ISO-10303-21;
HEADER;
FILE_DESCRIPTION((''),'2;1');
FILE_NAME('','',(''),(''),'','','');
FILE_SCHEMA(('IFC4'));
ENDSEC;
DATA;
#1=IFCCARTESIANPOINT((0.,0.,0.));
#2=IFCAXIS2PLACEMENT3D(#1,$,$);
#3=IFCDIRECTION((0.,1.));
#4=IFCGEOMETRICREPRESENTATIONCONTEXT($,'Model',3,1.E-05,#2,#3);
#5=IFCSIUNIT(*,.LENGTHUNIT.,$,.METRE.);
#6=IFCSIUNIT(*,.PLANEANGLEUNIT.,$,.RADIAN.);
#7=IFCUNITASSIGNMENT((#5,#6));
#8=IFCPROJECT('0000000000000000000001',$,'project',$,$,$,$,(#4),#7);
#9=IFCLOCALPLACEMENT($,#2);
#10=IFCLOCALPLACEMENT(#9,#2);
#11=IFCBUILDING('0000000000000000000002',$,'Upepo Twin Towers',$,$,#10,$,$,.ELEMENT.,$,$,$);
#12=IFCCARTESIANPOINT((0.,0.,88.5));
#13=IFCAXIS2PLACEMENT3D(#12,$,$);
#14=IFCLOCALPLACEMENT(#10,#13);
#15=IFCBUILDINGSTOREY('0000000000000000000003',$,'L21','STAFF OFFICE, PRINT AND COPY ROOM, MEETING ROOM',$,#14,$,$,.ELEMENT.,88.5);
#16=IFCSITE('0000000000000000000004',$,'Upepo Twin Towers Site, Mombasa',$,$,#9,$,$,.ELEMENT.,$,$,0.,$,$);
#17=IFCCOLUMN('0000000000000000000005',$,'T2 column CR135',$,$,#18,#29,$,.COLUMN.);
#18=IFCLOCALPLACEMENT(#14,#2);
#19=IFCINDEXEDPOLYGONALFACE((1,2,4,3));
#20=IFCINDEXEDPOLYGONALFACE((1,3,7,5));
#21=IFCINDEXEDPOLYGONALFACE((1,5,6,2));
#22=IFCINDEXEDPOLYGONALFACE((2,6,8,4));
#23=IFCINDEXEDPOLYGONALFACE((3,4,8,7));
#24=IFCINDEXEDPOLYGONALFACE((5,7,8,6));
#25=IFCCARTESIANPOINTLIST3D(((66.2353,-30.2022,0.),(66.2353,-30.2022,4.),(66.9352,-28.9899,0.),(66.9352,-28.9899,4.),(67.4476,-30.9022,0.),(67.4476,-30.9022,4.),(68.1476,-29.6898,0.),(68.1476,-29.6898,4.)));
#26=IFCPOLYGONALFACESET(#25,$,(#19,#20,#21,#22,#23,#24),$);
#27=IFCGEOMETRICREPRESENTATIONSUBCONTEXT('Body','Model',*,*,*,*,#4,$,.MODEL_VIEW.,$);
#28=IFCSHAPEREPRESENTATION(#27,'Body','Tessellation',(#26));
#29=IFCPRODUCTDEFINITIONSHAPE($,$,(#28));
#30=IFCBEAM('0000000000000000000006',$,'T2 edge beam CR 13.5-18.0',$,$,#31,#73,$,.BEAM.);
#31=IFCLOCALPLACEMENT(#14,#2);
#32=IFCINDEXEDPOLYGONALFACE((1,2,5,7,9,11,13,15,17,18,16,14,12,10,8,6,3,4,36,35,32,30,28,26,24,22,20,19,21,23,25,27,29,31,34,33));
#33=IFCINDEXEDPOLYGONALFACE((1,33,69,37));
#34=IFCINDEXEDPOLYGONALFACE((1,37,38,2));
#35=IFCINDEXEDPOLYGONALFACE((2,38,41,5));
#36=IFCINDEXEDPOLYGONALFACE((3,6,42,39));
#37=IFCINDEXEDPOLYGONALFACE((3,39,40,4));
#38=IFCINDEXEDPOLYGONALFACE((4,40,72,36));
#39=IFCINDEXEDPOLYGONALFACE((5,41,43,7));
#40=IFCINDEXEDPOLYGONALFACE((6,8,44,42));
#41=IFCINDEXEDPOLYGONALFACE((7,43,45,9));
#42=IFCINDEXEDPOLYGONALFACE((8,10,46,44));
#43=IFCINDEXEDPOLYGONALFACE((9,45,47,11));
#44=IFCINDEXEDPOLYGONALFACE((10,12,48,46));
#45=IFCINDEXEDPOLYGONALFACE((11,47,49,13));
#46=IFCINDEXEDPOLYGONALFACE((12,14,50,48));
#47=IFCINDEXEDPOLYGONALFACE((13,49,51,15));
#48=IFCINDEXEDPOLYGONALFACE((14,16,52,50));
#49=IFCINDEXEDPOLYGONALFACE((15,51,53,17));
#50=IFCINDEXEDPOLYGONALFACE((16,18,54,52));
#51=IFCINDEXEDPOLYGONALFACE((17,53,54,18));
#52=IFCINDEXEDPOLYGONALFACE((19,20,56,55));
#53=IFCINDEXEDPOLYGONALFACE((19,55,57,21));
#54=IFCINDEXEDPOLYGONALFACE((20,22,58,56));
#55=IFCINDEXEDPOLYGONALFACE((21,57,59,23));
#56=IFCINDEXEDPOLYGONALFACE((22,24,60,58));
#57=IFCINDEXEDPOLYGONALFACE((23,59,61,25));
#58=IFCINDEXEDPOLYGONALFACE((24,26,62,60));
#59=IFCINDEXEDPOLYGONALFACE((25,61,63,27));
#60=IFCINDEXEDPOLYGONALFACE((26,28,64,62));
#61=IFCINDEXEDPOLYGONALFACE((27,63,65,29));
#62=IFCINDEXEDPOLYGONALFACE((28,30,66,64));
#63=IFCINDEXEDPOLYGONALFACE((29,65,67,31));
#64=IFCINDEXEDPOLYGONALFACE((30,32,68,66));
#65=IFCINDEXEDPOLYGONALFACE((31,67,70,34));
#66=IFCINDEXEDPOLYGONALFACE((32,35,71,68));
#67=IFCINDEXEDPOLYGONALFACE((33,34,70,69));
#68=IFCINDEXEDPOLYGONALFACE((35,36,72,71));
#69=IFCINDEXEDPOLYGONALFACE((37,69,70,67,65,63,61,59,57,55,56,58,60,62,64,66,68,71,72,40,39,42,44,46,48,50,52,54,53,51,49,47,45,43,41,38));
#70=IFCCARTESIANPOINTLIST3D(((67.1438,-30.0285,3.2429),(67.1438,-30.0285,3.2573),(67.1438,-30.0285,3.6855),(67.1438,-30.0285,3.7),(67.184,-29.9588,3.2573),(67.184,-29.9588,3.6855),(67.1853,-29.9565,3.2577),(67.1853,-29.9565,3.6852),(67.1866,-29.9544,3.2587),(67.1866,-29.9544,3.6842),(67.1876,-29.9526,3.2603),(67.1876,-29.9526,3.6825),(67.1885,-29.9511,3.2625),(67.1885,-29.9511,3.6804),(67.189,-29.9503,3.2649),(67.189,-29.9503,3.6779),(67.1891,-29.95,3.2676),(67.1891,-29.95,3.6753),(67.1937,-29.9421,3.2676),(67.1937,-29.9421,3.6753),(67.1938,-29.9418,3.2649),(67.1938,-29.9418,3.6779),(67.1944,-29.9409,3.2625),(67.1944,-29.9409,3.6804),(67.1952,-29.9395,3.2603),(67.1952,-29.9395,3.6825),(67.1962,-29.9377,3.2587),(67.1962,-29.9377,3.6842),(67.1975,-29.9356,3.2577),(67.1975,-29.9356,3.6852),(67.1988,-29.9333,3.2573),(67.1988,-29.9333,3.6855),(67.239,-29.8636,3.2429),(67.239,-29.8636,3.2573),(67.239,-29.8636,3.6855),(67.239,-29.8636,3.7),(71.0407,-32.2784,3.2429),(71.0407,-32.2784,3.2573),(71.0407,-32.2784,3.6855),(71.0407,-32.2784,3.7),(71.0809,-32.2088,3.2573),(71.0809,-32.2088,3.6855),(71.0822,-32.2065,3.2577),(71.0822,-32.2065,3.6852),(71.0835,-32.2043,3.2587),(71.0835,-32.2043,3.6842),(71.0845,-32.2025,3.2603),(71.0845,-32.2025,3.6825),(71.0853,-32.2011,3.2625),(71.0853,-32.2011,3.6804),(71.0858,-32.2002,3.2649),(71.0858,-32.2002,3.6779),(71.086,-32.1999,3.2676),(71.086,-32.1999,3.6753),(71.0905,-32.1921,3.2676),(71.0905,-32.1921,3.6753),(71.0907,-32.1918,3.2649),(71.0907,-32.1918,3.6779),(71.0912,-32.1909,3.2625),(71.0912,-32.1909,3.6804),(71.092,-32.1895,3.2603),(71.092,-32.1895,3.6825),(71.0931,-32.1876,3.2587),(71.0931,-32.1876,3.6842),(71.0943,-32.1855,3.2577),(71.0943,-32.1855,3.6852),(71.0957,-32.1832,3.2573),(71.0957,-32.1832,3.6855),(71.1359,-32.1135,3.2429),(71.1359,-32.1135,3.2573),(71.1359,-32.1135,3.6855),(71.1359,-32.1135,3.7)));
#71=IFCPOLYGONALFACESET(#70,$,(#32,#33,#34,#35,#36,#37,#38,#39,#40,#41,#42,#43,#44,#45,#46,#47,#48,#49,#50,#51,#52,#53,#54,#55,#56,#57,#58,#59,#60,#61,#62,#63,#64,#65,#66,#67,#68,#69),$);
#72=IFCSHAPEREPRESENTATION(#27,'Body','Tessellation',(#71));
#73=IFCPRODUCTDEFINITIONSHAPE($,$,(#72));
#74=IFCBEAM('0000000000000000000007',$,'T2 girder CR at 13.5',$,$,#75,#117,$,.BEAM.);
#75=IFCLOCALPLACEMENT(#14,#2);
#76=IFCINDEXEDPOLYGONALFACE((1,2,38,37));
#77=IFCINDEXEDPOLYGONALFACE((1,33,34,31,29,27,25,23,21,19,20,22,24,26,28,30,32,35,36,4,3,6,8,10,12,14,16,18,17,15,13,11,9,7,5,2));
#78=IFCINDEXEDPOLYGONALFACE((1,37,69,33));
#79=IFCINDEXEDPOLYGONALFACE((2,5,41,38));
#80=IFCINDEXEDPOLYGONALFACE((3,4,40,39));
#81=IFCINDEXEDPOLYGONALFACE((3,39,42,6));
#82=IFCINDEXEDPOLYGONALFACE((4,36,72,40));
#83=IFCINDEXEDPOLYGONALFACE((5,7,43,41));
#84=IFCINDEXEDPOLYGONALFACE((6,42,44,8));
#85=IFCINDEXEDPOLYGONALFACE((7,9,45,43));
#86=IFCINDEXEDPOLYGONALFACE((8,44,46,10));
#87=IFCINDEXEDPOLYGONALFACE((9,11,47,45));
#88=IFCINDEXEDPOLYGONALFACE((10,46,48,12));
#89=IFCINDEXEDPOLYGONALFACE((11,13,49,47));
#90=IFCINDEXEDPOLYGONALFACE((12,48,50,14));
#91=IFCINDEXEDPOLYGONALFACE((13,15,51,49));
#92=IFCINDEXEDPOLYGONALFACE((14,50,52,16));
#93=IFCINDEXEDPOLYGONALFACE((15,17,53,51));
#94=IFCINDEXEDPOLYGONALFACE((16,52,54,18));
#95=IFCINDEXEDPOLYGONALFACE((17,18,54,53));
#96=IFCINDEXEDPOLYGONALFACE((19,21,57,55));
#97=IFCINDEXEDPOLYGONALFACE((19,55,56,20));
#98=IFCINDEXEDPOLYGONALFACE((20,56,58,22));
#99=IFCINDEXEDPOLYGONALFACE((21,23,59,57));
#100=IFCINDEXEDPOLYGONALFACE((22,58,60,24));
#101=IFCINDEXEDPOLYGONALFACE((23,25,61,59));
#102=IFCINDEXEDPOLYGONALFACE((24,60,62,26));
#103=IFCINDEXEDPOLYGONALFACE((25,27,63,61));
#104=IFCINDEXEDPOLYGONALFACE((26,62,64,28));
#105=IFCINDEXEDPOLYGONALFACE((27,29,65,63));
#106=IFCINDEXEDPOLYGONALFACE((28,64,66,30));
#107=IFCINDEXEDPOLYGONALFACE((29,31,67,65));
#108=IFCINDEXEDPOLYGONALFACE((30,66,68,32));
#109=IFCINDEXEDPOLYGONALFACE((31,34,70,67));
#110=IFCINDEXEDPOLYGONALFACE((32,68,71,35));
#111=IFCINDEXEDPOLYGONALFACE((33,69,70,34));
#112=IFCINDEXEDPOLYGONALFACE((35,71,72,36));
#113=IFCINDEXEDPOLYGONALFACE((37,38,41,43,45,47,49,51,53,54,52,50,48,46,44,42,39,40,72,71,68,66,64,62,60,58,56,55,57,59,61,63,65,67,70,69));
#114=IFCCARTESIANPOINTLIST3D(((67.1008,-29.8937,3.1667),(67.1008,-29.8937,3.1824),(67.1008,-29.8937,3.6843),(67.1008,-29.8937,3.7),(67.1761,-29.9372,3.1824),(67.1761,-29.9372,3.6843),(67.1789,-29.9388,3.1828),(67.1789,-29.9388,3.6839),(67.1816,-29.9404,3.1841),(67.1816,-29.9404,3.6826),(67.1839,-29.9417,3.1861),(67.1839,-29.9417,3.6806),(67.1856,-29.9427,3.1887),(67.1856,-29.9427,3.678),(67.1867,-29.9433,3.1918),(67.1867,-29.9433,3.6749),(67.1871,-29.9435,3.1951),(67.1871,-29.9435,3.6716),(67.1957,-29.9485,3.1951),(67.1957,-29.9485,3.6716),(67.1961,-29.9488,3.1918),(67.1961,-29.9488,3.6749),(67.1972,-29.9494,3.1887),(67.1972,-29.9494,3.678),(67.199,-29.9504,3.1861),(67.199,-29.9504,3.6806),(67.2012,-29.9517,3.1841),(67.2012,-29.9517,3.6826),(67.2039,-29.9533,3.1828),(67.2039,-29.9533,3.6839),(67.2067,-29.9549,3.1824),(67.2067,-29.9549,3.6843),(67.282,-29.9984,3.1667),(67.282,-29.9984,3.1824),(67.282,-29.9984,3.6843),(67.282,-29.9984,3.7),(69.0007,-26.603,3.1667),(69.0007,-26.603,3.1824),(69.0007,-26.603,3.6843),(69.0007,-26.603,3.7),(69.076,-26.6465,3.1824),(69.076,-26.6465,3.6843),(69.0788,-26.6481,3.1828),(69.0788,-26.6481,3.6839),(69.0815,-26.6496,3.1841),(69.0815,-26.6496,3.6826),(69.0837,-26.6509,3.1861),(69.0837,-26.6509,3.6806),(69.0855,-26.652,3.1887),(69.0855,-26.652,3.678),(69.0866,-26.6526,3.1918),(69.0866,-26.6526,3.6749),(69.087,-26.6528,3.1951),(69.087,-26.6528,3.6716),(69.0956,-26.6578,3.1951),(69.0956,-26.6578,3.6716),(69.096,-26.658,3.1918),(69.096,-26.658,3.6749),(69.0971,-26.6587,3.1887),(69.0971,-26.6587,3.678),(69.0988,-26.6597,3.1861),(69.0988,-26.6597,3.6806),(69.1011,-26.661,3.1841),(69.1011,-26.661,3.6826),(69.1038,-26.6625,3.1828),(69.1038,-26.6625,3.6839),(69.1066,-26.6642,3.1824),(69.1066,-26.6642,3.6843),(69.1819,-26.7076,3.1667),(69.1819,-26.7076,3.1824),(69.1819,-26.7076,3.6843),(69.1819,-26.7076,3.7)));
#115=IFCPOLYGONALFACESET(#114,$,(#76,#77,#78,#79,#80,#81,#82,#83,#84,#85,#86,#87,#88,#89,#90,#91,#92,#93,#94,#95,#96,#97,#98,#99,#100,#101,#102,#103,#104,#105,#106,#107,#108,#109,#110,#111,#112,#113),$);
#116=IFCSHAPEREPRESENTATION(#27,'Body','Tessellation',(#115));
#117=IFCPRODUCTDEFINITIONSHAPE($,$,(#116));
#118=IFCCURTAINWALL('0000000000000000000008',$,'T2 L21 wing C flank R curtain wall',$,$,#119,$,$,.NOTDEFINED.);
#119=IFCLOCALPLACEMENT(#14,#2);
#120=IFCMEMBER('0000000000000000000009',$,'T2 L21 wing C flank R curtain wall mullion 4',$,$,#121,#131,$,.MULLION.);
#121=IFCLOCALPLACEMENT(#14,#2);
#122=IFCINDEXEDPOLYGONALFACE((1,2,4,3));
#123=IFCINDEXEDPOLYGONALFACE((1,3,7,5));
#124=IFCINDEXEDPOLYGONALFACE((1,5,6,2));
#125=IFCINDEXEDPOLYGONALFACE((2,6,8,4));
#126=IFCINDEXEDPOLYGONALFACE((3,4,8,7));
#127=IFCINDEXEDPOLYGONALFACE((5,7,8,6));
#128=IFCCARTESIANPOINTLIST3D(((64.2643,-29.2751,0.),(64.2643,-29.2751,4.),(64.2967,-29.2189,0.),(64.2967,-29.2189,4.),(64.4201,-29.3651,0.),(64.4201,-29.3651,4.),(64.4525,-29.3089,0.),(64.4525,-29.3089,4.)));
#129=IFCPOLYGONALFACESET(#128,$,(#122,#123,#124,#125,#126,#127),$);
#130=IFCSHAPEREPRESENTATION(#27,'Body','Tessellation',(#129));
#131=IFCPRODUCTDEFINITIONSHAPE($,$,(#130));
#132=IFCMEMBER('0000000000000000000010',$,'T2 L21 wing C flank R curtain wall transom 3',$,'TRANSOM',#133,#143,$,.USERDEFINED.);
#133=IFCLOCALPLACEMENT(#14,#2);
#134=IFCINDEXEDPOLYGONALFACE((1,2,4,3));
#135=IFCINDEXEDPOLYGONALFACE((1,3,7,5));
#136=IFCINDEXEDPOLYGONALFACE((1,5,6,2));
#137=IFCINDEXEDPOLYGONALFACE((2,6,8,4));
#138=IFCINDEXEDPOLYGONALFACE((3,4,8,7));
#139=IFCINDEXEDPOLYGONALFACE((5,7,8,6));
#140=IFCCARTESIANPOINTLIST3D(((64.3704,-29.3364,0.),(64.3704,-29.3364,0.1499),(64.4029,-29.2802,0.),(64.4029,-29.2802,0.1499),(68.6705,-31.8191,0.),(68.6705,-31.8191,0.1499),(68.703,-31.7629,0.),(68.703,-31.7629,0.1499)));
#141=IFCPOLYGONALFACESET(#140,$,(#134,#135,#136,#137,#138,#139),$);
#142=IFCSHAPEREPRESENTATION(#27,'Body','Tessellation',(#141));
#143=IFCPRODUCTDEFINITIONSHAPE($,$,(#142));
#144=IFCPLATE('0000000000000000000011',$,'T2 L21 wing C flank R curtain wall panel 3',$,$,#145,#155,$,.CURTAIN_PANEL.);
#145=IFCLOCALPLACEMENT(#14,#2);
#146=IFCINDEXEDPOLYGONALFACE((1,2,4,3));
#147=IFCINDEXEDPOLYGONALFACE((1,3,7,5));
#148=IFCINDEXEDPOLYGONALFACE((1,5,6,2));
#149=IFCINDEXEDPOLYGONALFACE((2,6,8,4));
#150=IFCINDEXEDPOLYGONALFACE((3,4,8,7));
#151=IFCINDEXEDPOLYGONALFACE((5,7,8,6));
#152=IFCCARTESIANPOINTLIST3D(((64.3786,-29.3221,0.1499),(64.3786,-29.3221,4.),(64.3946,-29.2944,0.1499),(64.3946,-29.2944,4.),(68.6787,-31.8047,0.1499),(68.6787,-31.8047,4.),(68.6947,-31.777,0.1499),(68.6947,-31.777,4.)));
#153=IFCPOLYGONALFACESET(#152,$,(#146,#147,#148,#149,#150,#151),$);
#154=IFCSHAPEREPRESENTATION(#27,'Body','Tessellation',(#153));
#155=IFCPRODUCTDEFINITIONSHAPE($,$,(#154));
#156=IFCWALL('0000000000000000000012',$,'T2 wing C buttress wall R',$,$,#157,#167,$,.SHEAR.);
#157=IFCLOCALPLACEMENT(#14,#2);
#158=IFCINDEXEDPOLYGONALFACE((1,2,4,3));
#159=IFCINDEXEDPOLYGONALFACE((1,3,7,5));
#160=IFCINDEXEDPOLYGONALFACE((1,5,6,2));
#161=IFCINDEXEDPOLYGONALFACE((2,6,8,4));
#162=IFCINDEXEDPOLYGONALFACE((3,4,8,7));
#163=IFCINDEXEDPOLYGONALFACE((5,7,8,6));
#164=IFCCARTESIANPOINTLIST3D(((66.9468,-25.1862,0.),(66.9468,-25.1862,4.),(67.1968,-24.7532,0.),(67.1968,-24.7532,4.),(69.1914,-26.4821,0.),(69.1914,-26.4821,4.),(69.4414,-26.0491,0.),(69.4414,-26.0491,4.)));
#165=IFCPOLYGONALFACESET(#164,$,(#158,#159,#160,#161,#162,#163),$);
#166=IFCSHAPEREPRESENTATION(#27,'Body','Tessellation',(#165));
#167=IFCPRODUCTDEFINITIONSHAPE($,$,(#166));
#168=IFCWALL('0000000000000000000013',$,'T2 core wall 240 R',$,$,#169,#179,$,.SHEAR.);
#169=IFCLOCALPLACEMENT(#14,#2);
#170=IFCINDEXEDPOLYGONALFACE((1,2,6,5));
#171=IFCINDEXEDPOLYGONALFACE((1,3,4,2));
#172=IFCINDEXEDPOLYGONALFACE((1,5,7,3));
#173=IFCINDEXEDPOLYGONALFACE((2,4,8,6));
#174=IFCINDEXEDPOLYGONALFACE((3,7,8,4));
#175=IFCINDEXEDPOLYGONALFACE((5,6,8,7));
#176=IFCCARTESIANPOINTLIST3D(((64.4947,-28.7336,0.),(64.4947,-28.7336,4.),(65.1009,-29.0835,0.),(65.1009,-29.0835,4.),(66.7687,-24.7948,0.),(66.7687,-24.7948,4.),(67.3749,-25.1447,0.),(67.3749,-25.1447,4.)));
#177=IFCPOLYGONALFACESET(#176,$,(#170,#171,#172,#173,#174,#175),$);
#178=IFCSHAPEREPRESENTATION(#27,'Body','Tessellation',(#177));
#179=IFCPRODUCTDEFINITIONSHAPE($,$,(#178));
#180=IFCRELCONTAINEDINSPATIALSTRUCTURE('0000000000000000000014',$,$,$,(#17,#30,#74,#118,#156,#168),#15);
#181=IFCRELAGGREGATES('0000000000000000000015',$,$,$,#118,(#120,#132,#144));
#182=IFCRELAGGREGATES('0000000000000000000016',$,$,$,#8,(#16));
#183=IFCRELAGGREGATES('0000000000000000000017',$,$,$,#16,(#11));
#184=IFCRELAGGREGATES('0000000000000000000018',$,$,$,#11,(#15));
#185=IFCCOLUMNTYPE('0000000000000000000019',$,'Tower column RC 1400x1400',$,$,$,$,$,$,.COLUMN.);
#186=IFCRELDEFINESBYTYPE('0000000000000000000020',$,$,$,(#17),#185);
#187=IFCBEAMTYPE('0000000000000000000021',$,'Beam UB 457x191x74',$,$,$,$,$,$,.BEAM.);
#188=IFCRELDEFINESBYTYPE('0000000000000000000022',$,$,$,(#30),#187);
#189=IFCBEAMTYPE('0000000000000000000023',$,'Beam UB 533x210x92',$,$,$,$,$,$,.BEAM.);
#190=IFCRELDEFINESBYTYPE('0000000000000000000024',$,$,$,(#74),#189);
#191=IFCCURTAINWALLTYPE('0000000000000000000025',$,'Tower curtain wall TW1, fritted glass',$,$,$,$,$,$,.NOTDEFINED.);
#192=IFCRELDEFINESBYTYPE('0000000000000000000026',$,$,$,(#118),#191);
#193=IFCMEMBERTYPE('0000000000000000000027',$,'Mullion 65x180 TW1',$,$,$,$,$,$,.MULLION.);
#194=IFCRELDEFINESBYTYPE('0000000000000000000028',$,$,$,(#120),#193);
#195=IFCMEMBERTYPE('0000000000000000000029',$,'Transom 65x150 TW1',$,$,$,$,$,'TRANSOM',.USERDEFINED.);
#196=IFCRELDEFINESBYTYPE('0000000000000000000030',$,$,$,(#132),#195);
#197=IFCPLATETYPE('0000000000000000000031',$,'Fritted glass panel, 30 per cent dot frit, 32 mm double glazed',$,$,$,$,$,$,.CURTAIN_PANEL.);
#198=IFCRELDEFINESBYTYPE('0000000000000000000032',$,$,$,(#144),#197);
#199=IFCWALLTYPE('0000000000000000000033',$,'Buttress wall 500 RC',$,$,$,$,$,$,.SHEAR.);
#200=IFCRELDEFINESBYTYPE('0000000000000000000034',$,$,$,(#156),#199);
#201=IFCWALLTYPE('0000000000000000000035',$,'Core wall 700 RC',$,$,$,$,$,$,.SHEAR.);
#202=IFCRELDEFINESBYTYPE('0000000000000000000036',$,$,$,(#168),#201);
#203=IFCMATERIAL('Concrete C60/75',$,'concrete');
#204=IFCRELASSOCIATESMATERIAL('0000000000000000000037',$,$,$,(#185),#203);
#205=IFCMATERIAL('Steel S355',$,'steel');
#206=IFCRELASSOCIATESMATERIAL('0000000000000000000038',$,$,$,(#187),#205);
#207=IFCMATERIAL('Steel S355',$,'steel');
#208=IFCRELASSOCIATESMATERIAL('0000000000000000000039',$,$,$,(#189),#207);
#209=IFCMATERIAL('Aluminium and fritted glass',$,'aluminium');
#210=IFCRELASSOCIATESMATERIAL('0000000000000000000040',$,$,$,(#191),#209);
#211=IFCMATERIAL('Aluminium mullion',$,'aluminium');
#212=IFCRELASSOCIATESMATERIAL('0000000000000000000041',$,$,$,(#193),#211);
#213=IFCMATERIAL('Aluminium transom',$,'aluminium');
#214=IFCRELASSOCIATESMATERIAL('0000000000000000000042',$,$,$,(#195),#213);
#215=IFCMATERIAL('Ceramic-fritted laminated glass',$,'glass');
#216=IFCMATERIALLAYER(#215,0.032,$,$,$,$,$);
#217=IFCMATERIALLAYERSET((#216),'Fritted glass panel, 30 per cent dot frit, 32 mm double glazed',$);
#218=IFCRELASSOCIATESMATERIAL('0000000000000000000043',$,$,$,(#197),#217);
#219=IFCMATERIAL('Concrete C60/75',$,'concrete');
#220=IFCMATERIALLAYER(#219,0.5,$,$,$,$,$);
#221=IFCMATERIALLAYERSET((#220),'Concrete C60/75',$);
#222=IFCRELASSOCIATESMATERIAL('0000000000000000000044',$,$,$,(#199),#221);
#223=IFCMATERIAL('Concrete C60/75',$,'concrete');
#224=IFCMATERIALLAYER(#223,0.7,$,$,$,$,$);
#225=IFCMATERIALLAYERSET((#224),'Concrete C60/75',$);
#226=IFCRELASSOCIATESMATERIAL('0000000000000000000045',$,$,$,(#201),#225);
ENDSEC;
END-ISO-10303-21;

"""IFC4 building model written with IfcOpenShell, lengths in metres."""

from ifc_helpers import new_model, si_unit, direction, frame, frame_2d, origin, origin_2d, place, context, subcontext, project, spatial, rectangle, i_section, extrude, material, layer, layer_set, material_profile, profile_set, type_object, element, aggregate, save


model = new_model("IFC4")

# Units and contexts
model_context = context("Model", 3, precision=1e-05, world=origin(), true_north=direction((0.0, 1.0)))
body_context = subcontext(model_context, "Body", "Model", "MODEL_VIEW")
ifc_project = project(units=[si_unit("LENGTHUNIT", "METRE"), si_unit("PLANEANGLEUNIT", "RADIAN")], contexts=[model_context])

# Site, building, storey
site_placement = place(None, origin())
site = spatial("IfcSite", under=ifc_project, at=site_placement, Name="Upepo Twin Towers Site, Mombasa", CompositionType="ELEMENT", RefElevation=0.0)
building_placement = place(site_placement, origin())
building = spatial("IfcBuilding", under=site, at=building_placement, Name="Upepo Twin Towers", CompositionType="ELEMENT")
storey_placement = place(building_placement, frame((0.0, 0.0, 88.5)))
storey = spatial("IfcBuildingStorey", under=building, at=storey_placement, Name="L21", Description="STAFF OFFICE, PRINT AND COPY ROOM, MEETING ROOM", CompositionType="ELEMENT", Elevation=88.5)

# Column
ifc_material_1 = material(Name="Concrete C60/75", Category="concrete")
ifc_material_profile_1 = material_profile(ifc_material_1, rectangle(XDim=1.3999, YDim=1.3999, at=origin_2d()), Name="RC 1400x1400")
ifc_profile_set_1 = profile_set([ifc_material_profile_1], Name="Concrete C60/75")
column_type = type_object("IfcColumnType", Name="Tower column RC 1400x1400", PredefinedType="COLUMN", material=ifc_profile_set_1)
column_placement = place(storey_placement, frame((67.1914, -29.946, 0.0), z_axis=(0.0, 0.0, 1.0), x_axis=(0.5, 0.866025, 0.0)))
element("IfcColumn", 1, at=column_placement, inside=storey, type_object=column_type, Name="T2 column CR135", PredefinedType="COLUMN", context=body_context, shape_type="SweptSolid", body=[
    extrude(rectangle(XDim=1.3999, YDim=1.3999, at=origin_2d()), origin(), (0.0, 0.0, 1.0), 4.0),
])

# Beams
ifc_material_2 = material(Name="Steel S355", Category="steel")
ifc_material_profile_2 = material_profile(ifc_material_2, i_section(OverallWidth=0.1904, OverallDepth=0.457, WebThickness=0.009, FlangeThickness=0.0144, FilletRadius=0.0103, at=origin_2d()), Name="UB 457x191x74")
ifc_profile_set_2 = profile_set([ifc_material_profile_2], Name="Steel S355")
beam_type_1 = type_object("IfcBeamType", Name="Beam UB 457x191x74", PredefinedType="BEAM", material=ifc_profile_set_2)
beam_1_placement = place(storey_placement, frame((67.1914, -29.946, 3.4714), z_axis=(0.866018, -0.500014, 0.0), x_axis=(0.500014, 0.866018, 0.0)))
element("IfcBeam", 2, at=beam_1_placement, inside=storey, type_object=beam_type_1, Name="T2 edge beam CR 13.5-18.0", PredefinedType="BEAM", context=body_context, shape_type="SweptSolid", body=[
    extrude(i_section(OverallWidth=0.1904, OverallDepth=0.457, WebThickness=0.009, FlangeThickness=0.0144, FilletRadius=0.0103, at=origin_2d()), origin(), (0.0, 0.0, 1.0), 4.4998),
])
ifc_material_3 = material(Name="Steel S355", Category="steel")
ifc_material_profile_3 = material_profile(ifc_material_3, i_section(OverallWidth=0.2092, OverallDepth=0.5332, WebThickness=0.01, FlangeThickness=0.0156, FilletRadius=0.0127, at=origin_2d()), Name="UB 533x210x92")
ifc_profile_set_3 = profile_set([ifc_material_profile_3], Name="Steel S355")
beam_type_2 = type_object("IfcBeamType", Name="Beam UB 533x210x92", PredefinedType="BEAM", material=ifc_profile_set_3)
beam_2_placement = place(storey_placement, frame((67.1914, -29.946, 3.4333), z_axis=(0.499995, 0.866028, 0.0), x_axis=(-0.866028, 0.499995, 0.0)))
element("IfcBeam", 3, at=beam_2_placement, inside=storey, type_object=beam_type_2, Name="T2 girder CR at 13.5", PredefinedType="BEAM", context=body_context, shape_type="SweptSolid", body=[
    extrude(i_section(OverallWidth=0.2092, OverallDepth=0.5332, WebThickness=0.01, FlangeThickness=0.0156, FilletRadius=0.0127, at=origin_2d()), origin(), (0.0, 0.0, 1.0), 3.7998),
])

# Curtain wall, members, plate
ifc_material_4 = material(Name="Aluminium and fritted glass", Category="aluminium")
curtain_wall_type = type_object("IfcCurtainWallType", Name="Tower curtain wall TW1, fritted glass", PredefinedType="NOTDEFINED", material=ifc_material_4)
curtain_wall_placement = place(storey_placement, origin())
curtain_wall = element("IfcCurtainWall", 4, at=curtain_wall_placement, inside=storey, type_object=curtain_wall_type, Name="T2 L21 wing C flank R curtain wall", PredefinedType="NOTDEFINED")
ifc_material_5 = material(Name="Aluminium mullion", Category="aluminium")
ifc_material_profile_4 = material_profile(ifc_material_5, rectangle(XDim=0.0649, YDim=0.1799, at=origin_2d()), Name="MULLION 65x180")
ifc_profile_set_4 = profile_set([ifc_material_profile_4], Name="Aluminium mullion")
member_type_1 = type_object("IfcMemberType", Name="Mullion 65x180 TW1", PredefinedType="MULLION", material=ifc_profile_set_4)
member_1_placement = place(storey_placement, frame((64.3584, -29.292, 0.0), z_axis=(0.0, 0.0, 1.0), x_axis=(-0.5, -0.866025, 0.0)))
member_1 = element("IfcMember", 5, at=member_1_placement, type_object=member_type_1, Name="T2 L21 wing C flank R curtain wall mullion 4", PredefinedType="MULLION", context=body_context, shape_type="SweptSolid", body=[
    extrude(rectangle(XDim=0.0649, YDim=0.1799, at=origin_2d()), origin(), (0.0, 0.0, 1.0), 4.0),
])
ifc_material_6 = material(Name="Aluminium transom", Category="aluminium")
ifc_material_profile_5 = material_profile(ifc_material_6, rectangle(XDim=0.0649, YDim=0.1499, at=origin_2d()), Name="TRANSOM 65x150")
ifc_profile_set_5 = profile_set([ifc_material_profile_5], Name="Aluminium transom")
member_type_2 = type_object("IfcMemberType", Name="Transom 65x150 TW1", ElementType="TRANSOM", PredefinedType="USERDEFINED", material=ifc_profile_set_5)
member_2_placement = place(storey_placement, frame((68.6868, -31.791, 0.075), z_axis=(-0.866023, 0.500005, 0.0), x_axis=(-0.500005, -0.866023, 0.0)))
member_2 = element("IfcMember", 6, at=member_2_placement, type_object=member_type_2, Name="T2 L21 wing C flank R curtain wall transom 3", ObjectType="TRANSOM", PredefinedType="USERDEFINED", context=body_context, shape_type="SweptSolid", body=[
    extrude(rectangle(XDim=0.0649, YDim=0.1499, at=origin_2d()), origin(), (0.0, 0.0, 1.0), 4.9653),
])
ifc_material_7 = material(Name="Ceramic-fritted laminated glass", Category="glass")
ifc_layer_1 = layer(ifc_material_7, 0.032)
ifc_layer_set_1 = layer_set([ifc_layer_1], Name="Fritted glass panel, 30 per cent dot frit, 32 mm double glazed")
plate_type = type_object("IfcPlateType", Name="Fritted glass panel, 30 per cent dot frit, 32 mm double glazed", PredefinedType="CURTAIN_PANEL", material=ifc_layer_set_1)
plate_placement = place(storey_placement, frame((66.5366, -30.5496, 0.1499), z_axis=(0.0, 0.0, 1.0), x_axis=(-0.866025, 0.5, 0.0)))
plate = element("IfcPlate", 7, at=plate_placement, type_object=plate_type, Name="T2 L21 wing C flank R curtain wall panel 3", PredefinedType="CURTAIN_PANEL", context=body_context, shape_type="SweptSolid", body=[
    extrude(rectangle(XDim=4.9653, YDim=0.032, at=origin_2d()), origin(), (0.0, 0.0, 1.0), 3.8501),
])
aggregate(curtain_wall, [member_1, member_2, plate])

# Walls
ifc_material_8 = material(Name="Concrete C60/75", Category="concrete")
ifc_layer_2 = layer(ifc_material_8, 0.5)
ifc_layer_set_2 = layer_set([ifc_layer_2], Name="Concrete C60/75")
wall_type_1 = type_object("IfcWallType", Name="Buttress wall 500 RC", PredefinedType="SHEAR", material=ifc_layer_set_2)
wall_1_placement = place(storey_placement, frame((67.0718, -24.9697, 0.0), z_axis=(0.0, 0.0, 1.0), x_axis=(0.866032, -0.499989, 0.0)))
element("IfcWall", 8, at=wall_1_placement, inside=storey, type_object=wall_type_1, Name="T2 wing C buttress wall R", PredefinedType="SHEAR", context=body_context, shape_type="SweptSolid", body=[
    extrude(rectangle(XDim=2.5918, YDim=0.5, at=frame_2d((1.2959, 0.0))), origin(), (0.0, 0.0, 1.0), 4.0),
])
ifc_material_9 = material(Name="Concrete C60/75", Category="concrete")
ifc_layer_3 = layer(ifc_material_9, 0.7)
ifc_layer_set_3 = layer_set([ifc_layer_3], Name="Concrete C60/75")
wall_type_2 = type_object("IfcWallType", Name="Core wall 700 RC", PredefinedType="SHEAR", material=ifc_layer_set_3)
wall_2_placement = place(storey_placement, frame((64.7979, -28.9084, 0.0), z_axis=(0.0, 0.0, 1.0), x_axis=(0.499984, 0.866035, 0.0)))
element("IfcWall", 9, at=wall_2_placement, inside=storey, type_object=wall_type_2, Name="T2 core wall 240 R", PredefinedType="SHEAR", context=body_context, shape_type="SweptSolid", body=[
    extrude(rectangle(XDim=4.5481, YDim=0.7, at=frame_2d((2.2739, 0.0))), origin(), (0.0, 0.0, 1.0), 4.0),
])

save(model, "model.ifc")
